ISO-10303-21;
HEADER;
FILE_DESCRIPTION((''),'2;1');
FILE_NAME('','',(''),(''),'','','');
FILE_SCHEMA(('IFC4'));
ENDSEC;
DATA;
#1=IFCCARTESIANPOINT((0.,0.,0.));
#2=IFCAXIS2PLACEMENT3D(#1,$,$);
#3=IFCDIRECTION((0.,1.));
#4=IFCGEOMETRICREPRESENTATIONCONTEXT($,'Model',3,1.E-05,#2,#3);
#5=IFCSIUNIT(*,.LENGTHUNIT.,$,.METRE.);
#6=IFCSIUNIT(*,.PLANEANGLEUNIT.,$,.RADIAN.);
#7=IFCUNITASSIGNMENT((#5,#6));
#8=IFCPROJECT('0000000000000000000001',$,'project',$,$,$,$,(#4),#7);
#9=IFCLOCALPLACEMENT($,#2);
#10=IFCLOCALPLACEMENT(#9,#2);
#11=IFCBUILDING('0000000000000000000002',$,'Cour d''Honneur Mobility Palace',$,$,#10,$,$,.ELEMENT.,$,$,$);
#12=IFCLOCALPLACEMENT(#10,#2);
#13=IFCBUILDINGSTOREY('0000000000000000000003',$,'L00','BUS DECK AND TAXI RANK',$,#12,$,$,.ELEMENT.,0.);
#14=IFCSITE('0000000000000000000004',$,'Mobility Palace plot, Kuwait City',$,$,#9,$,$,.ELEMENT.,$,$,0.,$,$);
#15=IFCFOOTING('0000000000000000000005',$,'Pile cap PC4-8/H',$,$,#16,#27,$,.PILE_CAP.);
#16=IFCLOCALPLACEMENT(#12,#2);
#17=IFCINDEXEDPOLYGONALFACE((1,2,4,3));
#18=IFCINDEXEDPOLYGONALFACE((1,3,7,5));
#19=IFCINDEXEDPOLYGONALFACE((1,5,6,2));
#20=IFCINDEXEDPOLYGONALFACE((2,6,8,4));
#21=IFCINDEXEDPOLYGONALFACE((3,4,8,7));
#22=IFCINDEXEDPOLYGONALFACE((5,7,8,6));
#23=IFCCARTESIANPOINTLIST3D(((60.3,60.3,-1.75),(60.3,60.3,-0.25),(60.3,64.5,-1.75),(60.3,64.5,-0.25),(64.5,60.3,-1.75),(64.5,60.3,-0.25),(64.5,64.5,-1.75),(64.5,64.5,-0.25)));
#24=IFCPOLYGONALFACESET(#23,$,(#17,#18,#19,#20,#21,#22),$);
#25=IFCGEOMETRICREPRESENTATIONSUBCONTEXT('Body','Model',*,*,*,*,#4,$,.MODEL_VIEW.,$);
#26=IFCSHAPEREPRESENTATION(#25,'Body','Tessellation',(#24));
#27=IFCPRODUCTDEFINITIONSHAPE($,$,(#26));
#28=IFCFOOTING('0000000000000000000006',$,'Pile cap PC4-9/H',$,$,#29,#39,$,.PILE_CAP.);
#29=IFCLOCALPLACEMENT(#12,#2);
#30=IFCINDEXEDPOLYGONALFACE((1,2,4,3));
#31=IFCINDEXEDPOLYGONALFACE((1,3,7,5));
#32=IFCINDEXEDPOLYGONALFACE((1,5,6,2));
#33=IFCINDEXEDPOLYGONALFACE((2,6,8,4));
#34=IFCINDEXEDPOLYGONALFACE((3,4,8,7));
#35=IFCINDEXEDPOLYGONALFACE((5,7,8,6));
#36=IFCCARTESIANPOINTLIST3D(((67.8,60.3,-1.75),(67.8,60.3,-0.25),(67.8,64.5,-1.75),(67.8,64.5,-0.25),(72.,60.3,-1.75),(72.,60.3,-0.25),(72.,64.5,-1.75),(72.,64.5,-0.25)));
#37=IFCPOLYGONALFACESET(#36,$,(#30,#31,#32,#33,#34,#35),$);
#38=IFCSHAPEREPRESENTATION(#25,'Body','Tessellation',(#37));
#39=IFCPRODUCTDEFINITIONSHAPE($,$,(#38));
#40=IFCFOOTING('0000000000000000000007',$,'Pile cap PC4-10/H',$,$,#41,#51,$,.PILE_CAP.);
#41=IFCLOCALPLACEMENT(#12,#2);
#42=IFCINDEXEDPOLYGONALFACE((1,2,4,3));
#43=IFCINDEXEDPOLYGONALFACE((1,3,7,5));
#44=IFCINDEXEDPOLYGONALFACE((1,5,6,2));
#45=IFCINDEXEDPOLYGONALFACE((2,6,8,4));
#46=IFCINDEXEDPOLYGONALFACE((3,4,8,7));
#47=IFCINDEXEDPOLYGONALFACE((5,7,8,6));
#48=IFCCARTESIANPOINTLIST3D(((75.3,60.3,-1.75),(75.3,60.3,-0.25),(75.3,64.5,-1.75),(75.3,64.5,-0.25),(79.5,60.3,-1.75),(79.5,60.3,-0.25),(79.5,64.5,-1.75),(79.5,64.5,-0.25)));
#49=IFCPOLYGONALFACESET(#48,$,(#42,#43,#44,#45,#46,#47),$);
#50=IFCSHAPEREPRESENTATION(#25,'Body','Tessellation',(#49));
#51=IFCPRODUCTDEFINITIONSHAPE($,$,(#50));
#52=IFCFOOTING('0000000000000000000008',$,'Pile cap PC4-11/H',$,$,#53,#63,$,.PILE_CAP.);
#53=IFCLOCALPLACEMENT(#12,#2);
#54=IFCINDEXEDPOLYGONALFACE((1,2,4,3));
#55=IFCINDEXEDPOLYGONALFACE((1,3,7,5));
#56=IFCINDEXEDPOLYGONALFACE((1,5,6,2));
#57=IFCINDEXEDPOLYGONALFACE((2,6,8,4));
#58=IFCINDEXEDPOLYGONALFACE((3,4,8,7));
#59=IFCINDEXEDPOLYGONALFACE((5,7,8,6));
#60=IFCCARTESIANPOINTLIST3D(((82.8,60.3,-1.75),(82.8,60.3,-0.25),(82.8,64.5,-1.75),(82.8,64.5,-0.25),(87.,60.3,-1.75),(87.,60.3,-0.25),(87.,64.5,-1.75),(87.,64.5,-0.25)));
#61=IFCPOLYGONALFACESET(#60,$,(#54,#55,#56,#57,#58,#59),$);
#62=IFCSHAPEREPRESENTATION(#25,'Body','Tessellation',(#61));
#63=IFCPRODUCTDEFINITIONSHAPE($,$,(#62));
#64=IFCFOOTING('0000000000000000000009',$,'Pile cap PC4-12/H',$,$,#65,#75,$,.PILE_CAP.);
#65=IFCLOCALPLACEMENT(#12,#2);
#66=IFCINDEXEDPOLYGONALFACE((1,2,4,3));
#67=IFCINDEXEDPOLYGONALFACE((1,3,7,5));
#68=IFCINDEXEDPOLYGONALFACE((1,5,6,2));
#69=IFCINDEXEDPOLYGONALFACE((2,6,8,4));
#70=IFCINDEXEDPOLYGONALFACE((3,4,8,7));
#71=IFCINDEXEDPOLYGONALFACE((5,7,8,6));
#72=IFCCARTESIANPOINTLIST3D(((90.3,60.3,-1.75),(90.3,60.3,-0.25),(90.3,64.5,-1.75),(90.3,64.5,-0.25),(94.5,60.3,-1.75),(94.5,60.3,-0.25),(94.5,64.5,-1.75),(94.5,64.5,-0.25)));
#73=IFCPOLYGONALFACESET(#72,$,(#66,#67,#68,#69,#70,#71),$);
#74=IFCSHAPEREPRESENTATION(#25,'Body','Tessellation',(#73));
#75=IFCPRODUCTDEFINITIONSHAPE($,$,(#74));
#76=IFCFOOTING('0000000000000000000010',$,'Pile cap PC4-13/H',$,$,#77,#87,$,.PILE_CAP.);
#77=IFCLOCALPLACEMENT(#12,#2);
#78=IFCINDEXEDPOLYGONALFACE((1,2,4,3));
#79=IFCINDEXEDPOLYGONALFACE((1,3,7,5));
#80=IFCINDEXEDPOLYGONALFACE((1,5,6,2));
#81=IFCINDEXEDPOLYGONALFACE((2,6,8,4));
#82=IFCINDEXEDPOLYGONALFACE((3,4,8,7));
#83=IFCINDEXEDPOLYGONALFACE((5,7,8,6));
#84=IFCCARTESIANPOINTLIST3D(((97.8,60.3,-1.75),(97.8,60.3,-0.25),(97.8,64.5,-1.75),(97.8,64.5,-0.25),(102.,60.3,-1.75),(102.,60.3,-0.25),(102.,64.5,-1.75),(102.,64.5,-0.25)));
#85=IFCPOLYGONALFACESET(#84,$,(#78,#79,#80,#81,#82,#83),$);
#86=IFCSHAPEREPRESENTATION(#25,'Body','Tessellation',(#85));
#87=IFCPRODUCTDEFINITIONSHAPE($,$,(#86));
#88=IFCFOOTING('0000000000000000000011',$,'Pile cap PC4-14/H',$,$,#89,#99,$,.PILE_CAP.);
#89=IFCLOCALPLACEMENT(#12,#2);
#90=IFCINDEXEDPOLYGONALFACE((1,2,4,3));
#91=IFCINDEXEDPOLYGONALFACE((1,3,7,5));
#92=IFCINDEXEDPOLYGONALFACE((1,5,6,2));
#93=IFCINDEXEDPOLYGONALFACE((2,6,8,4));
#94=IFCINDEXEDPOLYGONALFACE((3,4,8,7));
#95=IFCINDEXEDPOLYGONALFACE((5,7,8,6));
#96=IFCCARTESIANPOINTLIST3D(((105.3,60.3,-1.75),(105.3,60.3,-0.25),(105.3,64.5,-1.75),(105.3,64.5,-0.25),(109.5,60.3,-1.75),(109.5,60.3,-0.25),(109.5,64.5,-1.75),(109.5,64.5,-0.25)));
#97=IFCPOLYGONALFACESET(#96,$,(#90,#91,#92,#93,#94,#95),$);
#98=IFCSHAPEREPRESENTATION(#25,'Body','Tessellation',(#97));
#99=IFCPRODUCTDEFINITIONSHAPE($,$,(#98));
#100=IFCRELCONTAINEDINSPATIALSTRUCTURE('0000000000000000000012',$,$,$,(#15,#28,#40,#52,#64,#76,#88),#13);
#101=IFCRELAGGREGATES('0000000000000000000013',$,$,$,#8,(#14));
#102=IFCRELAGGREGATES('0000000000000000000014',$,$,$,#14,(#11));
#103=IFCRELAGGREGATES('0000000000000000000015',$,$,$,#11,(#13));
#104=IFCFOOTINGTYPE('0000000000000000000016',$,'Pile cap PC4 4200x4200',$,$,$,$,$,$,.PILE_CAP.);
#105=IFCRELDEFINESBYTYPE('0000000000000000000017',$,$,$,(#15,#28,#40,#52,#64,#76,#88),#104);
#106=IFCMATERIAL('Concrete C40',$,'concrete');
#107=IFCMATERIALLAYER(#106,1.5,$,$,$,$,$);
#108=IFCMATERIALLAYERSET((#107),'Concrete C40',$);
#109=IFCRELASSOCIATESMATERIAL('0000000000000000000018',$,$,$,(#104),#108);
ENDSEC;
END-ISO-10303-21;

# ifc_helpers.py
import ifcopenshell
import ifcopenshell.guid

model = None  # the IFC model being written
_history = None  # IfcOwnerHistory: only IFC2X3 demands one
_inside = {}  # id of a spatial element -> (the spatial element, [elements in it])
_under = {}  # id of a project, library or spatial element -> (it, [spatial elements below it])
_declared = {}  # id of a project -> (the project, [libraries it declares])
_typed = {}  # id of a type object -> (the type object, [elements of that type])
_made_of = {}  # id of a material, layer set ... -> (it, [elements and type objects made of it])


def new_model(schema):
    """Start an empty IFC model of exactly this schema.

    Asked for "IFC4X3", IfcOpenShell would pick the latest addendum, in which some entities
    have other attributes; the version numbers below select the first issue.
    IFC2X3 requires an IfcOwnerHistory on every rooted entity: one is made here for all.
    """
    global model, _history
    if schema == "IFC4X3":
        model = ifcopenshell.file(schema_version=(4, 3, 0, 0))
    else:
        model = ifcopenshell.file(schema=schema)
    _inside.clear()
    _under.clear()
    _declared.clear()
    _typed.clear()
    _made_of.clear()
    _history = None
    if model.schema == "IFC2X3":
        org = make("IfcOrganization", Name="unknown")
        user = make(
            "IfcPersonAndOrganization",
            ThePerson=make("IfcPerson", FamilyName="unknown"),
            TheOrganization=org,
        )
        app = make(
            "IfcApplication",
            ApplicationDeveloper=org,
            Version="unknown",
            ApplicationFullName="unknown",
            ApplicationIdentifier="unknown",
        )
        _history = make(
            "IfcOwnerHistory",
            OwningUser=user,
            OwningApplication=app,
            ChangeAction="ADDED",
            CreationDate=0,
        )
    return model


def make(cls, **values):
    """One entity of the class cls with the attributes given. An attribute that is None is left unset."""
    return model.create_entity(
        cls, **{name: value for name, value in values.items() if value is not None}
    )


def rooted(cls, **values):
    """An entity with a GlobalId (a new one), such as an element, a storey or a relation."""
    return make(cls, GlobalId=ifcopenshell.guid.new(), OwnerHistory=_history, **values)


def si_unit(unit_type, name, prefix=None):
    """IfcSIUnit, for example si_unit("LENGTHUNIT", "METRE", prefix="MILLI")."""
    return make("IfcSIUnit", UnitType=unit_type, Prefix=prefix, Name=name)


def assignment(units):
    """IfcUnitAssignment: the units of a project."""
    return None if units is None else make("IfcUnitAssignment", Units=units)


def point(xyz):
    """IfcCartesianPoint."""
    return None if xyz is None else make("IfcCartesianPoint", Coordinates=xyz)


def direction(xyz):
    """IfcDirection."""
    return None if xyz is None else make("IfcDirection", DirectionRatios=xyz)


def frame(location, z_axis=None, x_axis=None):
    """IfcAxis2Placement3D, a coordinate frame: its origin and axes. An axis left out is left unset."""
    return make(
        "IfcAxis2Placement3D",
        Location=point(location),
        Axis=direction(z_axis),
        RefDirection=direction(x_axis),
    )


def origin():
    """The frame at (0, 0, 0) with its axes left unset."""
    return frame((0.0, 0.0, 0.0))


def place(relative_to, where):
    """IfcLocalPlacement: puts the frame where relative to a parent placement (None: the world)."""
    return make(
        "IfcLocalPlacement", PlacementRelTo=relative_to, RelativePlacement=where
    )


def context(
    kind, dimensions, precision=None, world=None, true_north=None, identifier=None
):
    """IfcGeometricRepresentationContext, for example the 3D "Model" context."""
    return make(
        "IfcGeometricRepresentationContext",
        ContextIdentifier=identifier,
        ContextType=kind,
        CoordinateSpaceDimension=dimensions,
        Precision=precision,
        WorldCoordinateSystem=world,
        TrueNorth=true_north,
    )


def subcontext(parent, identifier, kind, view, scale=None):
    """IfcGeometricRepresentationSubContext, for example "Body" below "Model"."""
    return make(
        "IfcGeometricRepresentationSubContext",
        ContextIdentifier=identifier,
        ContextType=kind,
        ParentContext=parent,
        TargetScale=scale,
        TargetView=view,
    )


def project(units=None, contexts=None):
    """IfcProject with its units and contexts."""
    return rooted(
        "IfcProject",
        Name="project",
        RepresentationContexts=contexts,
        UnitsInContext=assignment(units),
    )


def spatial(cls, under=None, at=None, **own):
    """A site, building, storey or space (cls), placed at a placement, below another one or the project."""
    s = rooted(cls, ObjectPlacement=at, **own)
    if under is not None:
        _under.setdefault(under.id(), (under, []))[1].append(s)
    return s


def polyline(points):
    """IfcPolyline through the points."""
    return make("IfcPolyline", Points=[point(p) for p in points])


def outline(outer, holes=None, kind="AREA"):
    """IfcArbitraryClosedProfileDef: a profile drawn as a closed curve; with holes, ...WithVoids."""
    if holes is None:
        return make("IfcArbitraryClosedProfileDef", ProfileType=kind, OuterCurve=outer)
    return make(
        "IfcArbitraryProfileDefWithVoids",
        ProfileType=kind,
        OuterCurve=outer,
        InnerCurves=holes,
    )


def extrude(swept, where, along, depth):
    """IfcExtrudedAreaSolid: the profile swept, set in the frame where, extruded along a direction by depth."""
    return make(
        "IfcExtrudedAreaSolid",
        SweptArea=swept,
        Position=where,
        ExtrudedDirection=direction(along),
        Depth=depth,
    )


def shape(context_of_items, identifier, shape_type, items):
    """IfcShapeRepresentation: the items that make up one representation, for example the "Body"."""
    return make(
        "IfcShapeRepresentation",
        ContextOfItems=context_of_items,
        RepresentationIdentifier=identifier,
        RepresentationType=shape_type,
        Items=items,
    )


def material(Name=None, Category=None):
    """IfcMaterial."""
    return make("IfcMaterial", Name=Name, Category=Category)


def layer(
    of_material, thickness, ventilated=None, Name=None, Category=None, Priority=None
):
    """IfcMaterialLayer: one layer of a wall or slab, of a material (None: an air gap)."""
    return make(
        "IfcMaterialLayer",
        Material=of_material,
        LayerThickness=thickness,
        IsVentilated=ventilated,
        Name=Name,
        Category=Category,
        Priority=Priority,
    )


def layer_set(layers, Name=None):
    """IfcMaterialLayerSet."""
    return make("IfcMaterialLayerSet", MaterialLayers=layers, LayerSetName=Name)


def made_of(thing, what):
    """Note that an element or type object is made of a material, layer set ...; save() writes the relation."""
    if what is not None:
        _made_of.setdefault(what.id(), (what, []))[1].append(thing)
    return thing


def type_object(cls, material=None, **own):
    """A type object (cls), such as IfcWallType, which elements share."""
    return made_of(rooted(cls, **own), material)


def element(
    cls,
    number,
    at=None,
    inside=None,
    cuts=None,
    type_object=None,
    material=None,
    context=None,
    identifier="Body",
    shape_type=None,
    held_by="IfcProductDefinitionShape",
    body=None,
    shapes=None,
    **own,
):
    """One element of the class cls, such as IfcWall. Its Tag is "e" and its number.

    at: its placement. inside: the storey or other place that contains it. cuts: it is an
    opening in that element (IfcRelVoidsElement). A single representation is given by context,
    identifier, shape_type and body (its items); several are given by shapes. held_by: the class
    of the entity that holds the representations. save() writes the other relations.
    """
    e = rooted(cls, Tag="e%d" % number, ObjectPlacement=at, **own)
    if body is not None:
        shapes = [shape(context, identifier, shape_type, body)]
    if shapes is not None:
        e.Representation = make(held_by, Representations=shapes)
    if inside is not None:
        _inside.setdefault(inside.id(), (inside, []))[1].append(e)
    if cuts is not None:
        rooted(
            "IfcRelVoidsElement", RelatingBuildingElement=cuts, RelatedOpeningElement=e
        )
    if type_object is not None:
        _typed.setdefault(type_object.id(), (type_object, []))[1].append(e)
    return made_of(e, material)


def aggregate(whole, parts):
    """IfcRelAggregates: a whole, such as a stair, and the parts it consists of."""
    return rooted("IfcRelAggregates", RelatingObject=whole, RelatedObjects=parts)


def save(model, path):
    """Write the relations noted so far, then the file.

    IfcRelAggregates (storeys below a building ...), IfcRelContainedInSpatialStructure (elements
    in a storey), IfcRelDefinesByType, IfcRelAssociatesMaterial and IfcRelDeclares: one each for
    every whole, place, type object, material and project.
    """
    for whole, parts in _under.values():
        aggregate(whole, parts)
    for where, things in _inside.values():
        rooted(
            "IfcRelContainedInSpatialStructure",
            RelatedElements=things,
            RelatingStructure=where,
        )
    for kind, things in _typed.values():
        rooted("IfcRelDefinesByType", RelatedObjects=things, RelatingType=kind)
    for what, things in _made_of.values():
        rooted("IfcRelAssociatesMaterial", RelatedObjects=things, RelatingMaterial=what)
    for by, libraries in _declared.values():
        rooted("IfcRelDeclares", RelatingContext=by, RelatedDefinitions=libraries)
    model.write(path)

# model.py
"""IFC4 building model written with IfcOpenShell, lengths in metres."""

from ifc_helpers import new_model, si_unit, direction, frame, origin, place, context, subcontext, project, spatial, polyline, outline, extrude, material, layer, layer_set, type_object, element, save


model = new_model("IFC4")

# Units and contexts
model_context = context("Model", 3, precision=1e-05, world=origin(), true_north=direction((0.0, 1.0)))
body_context = subcontext(model_context, "Body", "Model", "MODEL_VIEW")
ifc_project = project(units=[si_unit("LENGTHUNIT", "METRE"), si_unit("PLANEANGLEUNIT", "RADIAN")], contexts=[model_context])

# Site, building, storey
site_placement = place(None, origin())
site = spatial("IfcSite", under=ifc_project, at=site_placement, Name="Mobility Palace plot, Kuwait City", CompositionType="ELEMENT", RefElevation=0.0)
building_placement = place(site_placement, origin())
building = spatial("IfcBuilding", under=site, at=building_placement, Name="Cour d'Honneur Mobility Palace", CompositionType="ELEMENT")
storey_placement = place(building_placement, origin())
storey = spatial("IfcBuildingStorey", under=building, at=storey_placement, Name="L00", Description="BUS DECK AND TAXI RANK", CompositionType="ELEMENT", Elevation=0.0)

# Footings
ifc_material_1 = material(Name="Concrete C40", Category="concrete")
ifc_layer_1 = layer(ifc_material_1, 1.5)
ifc_layer_set_1 = layer_set([ifc_layer_1], Name="Concrete C40")
footing_type_1 = type_object("IfcFootingType", Name="Pile cap PC4 4200x4200", PredefinedType="PILE_CAP", material=ifc_layer_set_1)
footing_1_placement = place(storey_placement, frame((0.0, 0.0, -1.75)))
element("IfcFooting", 1, at=footing_1_placement, inside=storey, type_object=footing_type_1, Name="Pile cap PC4-8/H", PredefinedType="PILE_CAP", context=body_context, shape_type="SweptSolid", body=[
    extrude(outline(polyline([(60.3, 60.3), (64.5, 60.3), (64.5, 64.5), (60.3, 64.5), (60.3, 60.3)])), origin(), (0.0, 0.0, 1.0), 1.5),
])
footing_2_placement = place(storey_placement, frame((0.0, 0.0, -1.75)))
element("IfcFooting", 2, at=footing_2_placement, inside=storey, type_object=footing_type_1, Name="Pile cap PC4-9/H", PredefinedType="PILE_CAP", context=body_context, shape_type="SweptSolid", body=[
    extrude(outline(polyline([(67.8, 60.3), (72.0, 60.3), (72.0, 64.5), (67.8, 64.5), (67.8, 60.3)])), origin(), (0.0, 0.0, 1.0), 1.5),
])
footing_3_placement = place(storey_placement, frame((0.0, 0.0, -1.75)))
element("IfcFooting", 3, at=footing_3_placement, inside=storey, type_object=footing_type_1, Name="Pile cap PC4-10/H", PredefinedType="PILE_CAP", context=body_context, shape_type="SweptSolid", body=[
    extrude(outline(polyline([(75.3, 60.3), (79.5, 60.3), (79.5, 64.5), (75.3, 64.5), (75.3, 60.3)])), origin(), (0.0, 0.0, 1.0), 1.5),
])
footing_4_placement = place(storey_placement, frame((0.0, 0.0, -1.75)))
element("IfcFooting", 4, at=footing_4_placement, inside=storey, type_object=footing_type_1, Name="Pile cap PC4-11/H", PredefinedType="PILE_CAP", context=body_context, shape_type="SweptSolid", body=[
    extrude(outline(polyline([(82.8, 60.3), (87.0, 60.3), (87.0, 64.5), (82.8, 64.5), (82.8, 60.3)])), origin(), (0.0, 0.0, 1.0), 1.5),
])
footing_5_placement = place(storey_placement, frame((0.0, 0.0, -1.75)))
element("IfcFooting", 5, at=footing_5_placement, inside=storey, type_object=footing_type_1, Name="Pile cap PC4-12/H", PredefinedType="PILE_CAP", context=body_context, shape_type="SweptSolid", body=[
    extrude(outline(polyline([(90.3, 60.3), (94.5, 60.3), (94.5, 64.5), (90.3, 64.5), (90.3, 60.3)])), origin(), (0.0, 0.0, 1.0), 1.5),
])
footing_6_placement = place(storey_placement, frame((0.0, 0.0, -1.75)))
element("IfcFooting", 6, at=footing_6_placement, inside=storey, type_object=footing_type_1, Name="Pile cap PC4-13/H", PredefinedType="PILE_CAP", context=body_context, shape_type="SweptSolid", body=[
    extrude(outline(polyline([(97.8, 60.3), (102.0, 60.3), (102.0, 64.5), (97.8, 64.5), (97.8, 60.3)])), origin(), (0.0, 0.0, 1.0), 1.5),
])
footing_7_placement = place(storey_placement, frame((0.0, 0.0, -1.75)))
element("IfcFooting", 7, at=footing_7_placement, inside=storey, type_object=footing_type_1, Name="Pile cap PC4-14/H", PredefinedType="PILE_CAP", context=body_context, shape_type="SweptSolid", body=[
    extrude(outline(polyline([(105.3, 60.3), (109.5, 60.3), (109.5, 64.5), (105.3, 64.5), (105.3, 60.3)])), origin(), (0.0, 0.0, 1.0), 1.5),
])

save(model, "model.ifc")
